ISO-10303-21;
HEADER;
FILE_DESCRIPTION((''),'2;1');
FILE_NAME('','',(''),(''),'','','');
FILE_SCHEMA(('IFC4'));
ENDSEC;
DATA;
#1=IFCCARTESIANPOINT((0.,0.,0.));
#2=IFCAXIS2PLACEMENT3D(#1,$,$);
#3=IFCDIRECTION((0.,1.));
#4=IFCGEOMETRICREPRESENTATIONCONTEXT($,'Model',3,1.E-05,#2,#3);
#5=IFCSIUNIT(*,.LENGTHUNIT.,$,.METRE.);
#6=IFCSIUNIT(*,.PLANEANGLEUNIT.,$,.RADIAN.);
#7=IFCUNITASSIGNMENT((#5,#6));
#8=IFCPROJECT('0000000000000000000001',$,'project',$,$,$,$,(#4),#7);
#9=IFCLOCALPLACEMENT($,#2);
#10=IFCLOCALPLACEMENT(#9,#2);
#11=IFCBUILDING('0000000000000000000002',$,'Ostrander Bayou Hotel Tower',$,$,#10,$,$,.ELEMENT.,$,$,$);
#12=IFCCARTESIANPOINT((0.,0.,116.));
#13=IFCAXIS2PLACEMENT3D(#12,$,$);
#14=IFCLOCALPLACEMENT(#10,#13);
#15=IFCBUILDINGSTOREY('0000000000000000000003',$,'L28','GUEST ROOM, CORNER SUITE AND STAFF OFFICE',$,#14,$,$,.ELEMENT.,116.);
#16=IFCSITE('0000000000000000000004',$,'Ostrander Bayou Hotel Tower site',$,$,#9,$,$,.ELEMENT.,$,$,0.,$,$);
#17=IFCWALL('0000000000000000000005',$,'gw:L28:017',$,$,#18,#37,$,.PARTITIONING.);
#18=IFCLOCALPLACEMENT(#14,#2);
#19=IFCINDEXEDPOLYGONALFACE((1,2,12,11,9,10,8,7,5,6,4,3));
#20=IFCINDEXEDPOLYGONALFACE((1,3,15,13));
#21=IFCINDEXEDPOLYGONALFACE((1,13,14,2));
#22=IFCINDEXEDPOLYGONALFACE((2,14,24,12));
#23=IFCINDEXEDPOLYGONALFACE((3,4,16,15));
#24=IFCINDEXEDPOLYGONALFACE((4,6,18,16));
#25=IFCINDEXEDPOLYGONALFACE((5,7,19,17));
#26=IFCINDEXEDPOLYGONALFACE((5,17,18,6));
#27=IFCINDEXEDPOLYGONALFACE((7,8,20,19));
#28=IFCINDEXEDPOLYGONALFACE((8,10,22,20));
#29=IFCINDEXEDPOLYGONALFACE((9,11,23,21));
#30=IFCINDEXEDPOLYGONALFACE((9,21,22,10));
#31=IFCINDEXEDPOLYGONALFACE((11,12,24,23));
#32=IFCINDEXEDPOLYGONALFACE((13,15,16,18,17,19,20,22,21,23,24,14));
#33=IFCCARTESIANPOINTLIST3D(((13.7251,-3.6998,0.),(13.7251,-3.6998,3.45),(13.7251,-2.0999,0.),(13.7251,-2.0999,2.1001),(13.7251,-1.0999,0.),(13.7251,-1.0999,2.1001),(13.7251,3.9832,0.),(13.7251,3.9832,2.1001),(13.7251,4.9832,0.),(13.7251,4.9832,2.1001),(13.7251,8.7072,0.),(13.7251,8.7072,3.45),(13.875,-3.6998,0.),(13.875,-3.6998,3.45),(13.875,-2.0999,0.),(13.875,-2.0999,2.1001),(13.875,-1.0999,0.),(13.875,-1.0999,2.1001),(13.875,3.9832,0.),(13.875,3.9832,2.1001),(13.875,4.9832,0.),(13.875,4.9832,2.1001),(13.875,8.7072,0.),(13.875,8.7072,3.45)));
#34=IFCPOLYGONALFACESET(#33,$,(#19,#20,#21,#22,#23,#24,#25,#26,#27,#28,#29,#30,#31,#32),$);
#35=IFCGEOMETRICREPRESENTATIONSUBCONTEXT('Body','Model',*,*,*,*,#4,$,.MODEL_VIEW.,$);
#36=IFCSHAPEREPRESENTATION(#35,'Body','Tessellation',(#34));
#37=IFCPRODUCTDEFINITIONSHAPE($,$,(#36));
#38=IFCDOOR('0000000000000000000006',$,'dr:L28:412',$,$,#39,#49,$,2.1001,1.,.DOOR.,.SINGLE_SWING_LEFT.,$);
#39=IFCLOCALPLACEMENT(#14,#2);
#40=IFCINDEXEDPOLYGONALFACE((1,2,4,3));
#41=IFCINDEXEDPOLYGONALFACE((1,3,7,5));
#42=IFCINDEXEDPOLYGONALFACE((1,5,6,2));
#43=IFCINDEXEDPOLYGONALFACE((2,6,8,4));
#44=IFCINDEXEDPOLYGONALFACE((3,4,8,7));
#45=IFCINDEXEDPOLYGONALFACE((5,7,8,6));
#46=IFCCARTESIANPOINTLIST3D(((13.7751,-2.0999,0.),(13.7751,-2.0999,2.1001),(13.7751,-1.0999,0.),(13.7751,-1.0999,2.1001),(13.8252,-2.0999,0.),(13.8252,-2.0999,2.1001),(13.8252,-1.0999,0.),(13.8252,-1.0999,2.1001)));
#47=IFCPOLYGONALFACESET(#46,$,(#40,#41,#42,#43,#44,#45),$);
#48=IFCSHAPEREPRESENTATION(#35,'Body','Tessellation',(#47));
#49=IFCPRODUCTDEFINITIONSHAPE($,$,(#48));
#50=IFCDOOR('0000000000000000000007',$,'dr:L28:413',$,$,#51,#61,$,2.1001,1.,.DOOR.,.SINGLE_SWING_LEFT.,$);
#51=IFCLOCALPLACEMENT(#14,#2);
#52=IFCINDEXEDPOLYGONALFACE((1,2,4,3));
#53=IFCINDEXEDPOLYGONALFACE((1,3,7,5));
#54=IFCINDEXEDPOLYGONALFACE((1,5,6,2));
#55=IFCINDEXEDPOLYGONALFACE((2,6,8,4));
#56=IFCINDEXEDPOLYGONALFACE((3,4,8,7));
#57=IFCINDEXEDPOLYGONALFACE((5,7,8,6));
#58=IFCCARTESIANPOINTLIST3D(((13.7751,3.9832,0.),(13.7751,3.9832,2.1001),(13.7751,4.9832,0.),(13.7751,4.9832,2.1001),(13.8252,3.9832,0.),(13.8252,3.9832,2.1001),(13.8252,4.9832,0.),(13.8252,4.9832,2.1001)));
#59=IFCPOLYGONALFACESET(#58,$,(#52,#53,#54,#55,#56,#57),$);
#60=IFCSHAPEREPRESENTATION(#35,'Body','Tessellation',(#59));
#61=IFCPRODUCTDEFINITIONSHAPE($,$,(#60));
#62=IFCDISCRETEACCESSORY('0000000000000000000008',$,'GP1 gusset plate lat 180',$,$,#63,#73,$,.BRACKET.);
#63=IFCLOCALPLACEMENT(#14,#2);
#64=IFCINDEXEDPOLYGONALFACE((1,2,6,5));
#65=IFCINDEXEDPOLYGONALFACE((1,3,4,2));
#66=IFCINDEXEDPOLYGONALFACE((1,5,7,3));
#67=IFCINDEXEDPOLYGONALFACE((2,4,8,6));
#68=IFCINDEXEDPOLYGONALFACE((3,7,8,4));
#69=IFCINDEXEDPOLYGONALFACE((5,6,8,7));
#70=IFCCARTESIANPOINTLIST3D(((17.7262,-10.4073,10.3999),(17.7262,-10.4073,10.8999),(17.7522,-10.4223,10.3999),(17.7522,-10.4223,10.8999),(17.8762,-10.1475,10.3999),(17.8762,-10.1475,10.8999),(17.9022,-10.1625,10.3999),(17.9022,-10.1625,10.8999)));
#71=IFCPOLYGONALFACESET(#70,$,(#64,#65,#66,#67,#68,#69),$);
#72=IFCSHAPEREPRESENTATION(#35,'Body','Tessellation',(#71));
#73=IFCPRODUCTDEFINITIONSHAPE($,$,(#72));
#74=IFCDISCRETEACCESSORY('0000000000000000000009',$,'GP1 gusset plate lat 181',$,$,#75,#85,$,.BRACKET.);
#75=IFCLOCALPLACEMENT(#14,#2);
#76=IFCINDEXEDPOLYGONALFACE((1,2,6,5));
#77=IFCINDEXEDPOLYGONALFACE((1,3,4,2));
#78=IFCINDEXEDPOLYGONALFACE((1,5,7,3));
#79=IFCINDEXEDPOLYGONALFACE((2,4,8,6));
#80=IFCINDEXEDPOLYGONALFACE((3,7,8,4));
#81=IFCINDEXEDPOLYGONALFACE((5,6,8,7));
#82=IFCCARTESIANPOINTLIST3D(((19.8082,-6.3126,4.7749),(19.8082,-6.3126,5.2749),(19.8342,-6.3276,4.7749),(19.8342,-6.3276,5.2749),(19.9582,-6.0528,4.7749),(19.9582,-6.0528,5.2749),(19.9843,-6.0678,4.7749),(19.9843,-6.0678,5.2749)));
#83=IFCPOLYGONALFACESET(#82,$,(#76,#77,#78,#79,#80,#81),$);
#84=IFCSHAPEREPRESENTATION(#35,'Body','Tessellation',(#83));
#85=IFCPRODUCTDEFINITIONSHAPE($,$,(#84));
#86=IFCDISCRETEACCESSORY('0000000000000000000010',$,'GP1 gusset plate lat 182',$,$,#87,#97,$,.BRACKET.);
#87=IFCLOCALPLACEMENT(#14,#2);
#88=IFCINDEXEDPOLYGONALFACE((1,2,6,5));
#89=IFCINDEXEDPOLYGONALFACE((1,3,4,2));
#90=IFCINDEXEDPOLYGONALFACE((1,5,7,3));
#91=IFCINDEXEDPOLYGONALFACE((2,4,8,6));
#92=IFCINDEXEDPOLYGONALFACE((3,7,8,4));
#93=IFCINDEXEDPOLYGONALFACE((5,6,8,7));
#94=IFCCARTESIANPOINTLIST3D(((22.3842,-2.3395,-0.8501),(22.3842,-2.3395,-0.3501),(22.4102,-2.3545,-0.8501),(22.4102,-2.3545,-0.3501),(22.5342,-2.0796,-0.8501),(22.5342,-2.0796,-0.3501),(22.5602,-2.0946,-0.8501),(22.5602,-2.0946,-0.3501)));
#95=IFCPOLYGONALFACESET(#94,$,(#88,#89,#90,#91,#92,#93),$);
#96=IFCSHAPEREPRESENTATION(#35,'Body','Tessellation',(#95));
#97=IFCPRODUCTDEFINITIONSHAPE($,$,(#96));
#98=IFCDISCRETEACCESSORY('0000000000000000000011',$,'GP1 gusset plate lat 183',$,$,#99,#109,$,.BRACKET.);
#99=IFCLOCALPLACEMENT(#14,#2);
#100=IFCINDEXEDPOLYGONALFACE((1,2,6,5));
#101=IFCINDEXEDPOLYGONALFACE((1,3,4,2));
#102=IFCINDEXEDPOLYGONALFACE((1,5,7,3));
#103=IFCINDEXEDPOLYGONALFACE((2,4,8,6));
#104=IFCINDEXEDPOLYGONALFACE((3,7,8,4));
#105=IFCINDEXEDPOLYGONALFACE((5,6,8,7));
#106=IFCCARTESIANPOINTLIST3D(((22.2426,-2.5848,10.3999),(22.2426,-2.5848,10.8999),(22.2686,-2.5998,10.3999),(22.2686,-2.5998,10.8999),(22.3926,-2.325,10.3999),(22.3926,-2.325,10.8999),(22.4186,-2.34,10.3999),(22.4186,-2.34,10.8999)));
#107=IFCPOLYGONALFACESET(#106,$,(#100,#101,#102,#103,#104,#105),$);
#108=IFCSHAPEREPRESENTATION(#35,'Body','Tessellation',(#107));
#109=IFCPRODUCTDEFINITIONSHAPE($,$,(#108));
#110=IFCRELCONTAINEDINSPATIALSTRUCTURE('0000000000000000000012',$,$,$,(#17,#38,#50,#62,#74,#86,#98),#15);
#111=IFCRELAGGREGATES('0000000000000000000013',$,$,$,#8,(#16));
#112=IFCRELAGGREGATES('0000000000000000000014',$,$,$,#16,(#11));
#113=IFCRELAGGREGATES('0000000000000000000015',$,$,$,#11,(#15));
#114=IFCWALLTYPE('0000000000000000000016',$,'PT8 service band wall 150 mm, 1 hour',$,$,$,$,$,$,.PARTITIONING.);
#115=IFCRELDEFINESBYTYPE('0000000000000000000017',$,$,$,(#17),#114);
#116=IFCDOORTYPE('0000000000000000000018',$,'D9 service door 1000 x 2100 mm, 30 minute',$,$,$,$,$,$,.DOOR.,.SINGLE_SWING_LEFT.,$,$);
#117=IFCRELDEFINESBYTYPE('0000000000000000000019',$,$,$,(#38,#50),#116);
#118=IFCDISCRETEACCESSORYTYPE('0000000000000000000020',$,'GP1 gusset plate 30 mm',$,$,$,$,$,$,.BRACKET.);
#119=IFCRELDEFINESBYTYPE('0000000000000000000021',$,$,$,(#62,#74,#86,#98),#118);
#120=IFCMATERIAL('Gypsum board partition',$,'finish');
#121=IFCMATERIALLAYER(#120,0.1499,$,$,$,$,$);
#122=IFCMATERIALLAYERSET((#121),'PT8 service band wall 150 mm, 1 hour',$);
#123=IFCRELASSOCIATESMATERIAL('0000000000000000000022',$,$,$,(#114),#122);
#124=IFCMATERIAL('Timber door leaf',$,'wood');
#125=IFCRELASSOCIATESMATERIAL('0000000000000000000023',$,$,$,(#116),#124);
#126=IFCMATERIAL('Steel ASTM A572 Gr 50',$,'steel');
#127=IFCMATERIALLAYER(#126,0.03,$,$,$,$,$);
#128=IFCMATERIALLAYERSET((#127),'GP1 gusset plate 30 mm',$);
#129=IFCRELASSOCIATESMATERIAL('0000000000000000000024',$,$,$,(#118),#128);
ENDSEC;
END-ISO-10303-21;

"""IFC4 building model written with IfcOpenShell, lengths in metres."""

from ifc_helpers import new_model, si_unit, direction, frame, frame_2d, origin, origin_2d, place, context, subcontext, project, spatial, rectangle, extrude, material, layer, layer_set, type_object, element, fill, save


model = new_model("IFC4")

# Units and contexts
model_context = context("Model", 3, precision=1e-05, world=origin(), true_north=direction((0.0, 1.0)))
body_context = subcontext(model_context, "Body", "Model", "MODEL_VIEW")
ifc_project = project(units=[si_unit("LENGTHUNIT", "METRE"), si_unit("PLANEANGLEUNIT", "RADIAN")], contexts=[model_context])

# Site, building, storey
site_placement = place(None, origin())
site = spatial("IfcSite", under=ifc_project, at=site_placement, Name="Ostrander Bayou Hotel Tower site", CompositionType="ELEMENT", RefElevation=0.0)
building_placement = place(site_placement, origin())
building = spatial("IfcBuilding", under=site, at=building_placement, Name="Ostrander Bayou Hotel Tower", CompositionType="ELEMENT")
storey_placement = place(building_placement, frame((0.0, 0.0, 116.0)))
storey = spatial("IfcBuildingStorey", under=building, at=storey_placement, Name="L28", Description="GUEST ROOM, CORNER SUITE AND STAFF OFFICE", CompositionType="ELEMENT", Elevation=116.0)

# Shared definitions
ifc_material_1 = material(Name="Gypsum board partition", Category="finish")
ifc_layer_1 = layer(ifc_material_1, 0.1499)
ifc_layer_set_1 = layer_set([ifc_layer_1], Name="PT8 service band wall 150 mm, 1 hour")
wall_type_1 = type_object("IfcWallType", Name="PT8 service band wall 150 mm, 1 hour", PredefinedType="PARTITIONING", material=ifc_layer_set_1)

# Wall, openings, doors
wall_1_placement = place(storey_placement, frame((13.8, -3.7, 0.0), z_axis=(0.0, 0.0, 1.0), x_axis=(0.0, 1.0, 0.0)))
wall_1 = element("IfcWall", 1, at=wall_1_placement, inside=storey, type_object=wall_type_1, Name="gw:L28:017", PredefinedType="PARTITIONING", context=body_context, shape_type="SweptSolid", body=[
    extrude(rectangle(XDim=12.407, YDim=0.1499, at=frame_2d((6.2036, 0.0))), origin(), (0.0, 0.0, 1.0), 3.45),
])
opening_1_placement = place(wall_1_placement, frame((1.6001, 0.0, 0.0)))
opening_1 = element("IfcOpeningElement", 2, at=opening_1_placement, cuts=wall_1, PredefinedType="OPENING", context=body_context, shape_type="SweptSolid", body=[
    extrude(rectangle(XDim=1.0, YDim=2.1001, at=frame_2d((0.5, 1.05))), frame((0.0, 0.075, 0.0), z_axis=(0.0, -1.0, 0.0), x_axis=(1.0, 0.0, 0.0)), (0.0, 0.0, 1.0), 0.1499),
])
opening_2_placement = place(wall_1_placement, frame((7.6831, 0.0, 0.0)))
opening_2 = element("IfcOpeningElement", 3, at=opening_2_placement, cuts=wall_1, PredefinedType="OPENING", context=body_context, shape_type="SweptSolid", body=[
    extrude(rectangle(XDim=1.0, YDim=2.1001, at=frame_2d((0.5, 1.05))), frame((0.0, 0.075, 0.0), z_axis=(0.0, -1.0, 0.0), x_axis=(1.0, 0.0, 0.0)), (0.0, 0.0, 1.0), 0.1499),
])
ifc_material_2 = material(Name="Timber door leaf", Category="wood")
door_type_1 = type_object("IfcDoorType", Name="D9 service door 1000 x 2100 mm, 30 minute", OperationType="SINGLE_SWING_LEFT", PredefinedType="DOOR", material=ifc_material_2)
door_1_placement = place(opening_1_placement, origin())
door_1 = element("IfcDoor", 4, at=door_1_placement, inside=storey, type_object=door_type_1, Name="dr:L28:412", OperationType="SINGLE_SWING_LEFT", OverallHeight=2.1001, OverallWidth=1.0, PredefinedType="DOOR", context=body_context, shape_type="SweptSolid", body=[
    extrude(rectangle(XDim=1.0, YDim=2.1001, at=frame_2d((0.5, 1.05))), frame((0.0, 0.0249, 0.0), z_axis=(0.0, -1.0, 0.0), x_axis=(1.0, 0.0, 0.0)), (0.0, 0.0, 1.0), 0.05),
])
fill(opening_1, door_1)
door_2_placement = place(opening_2_placement, origin())
door_2 = element("IfcDoor", 5, at=door_2_placement, inside=storey, type_object=door_type_1, Name="dr:L28:413", OperationType="SINGLE_SWING_LEFT", OverallHeight=2.1001, OverallWidth=1.0, PredefinedType="DOOR", context=body_context, shape_type="SweptSolid", body=[
    extrude(rectangle(XDim=1.0, YDim=2.1001, at=frame_2d((0.5, 1.05))), frame((0.0, 0.0249, 0.0), z_axis=(0.0, -1.0, 0.0), x_axis=(1.0, 0.0, 0.0)), (0.0, 0.0, 1.0), 0.05),
])
fill(opening_2, door_2)

# Discrete accessories
ifc_material_3 = material(Name="Steel ASTM A572 Gr 50", Category="steel")
ifc_layer_2 = layer(ifc_material_3, 0.03)
ifc_layer_set_2 = layer_set([ifc_layer_2], Name="GP1 gusset plate 30 mm")
discrete_accessory_type = type_object("IfcDiscreteAccessoryType", Name="GP1 gusset plate 30 mm", PredefinedType="BRACKET", material=ifc_layer_set_2)
for number, where, z_axis, x_axis, name in (
    (6, (17.8142, -10.2849, 10.3999), (0.0, 0.0, 1.0), (0.5, 0.866025, 0.0), "GP1 gusset plate lat 180"),
    (7, (19.8962, -6.1902, 4.7749), (0.0, 0.0, 1.0), (0.5, 0.866025, 0.0), "GP1 gusset plate lat 181"),
    (8, (22.4722, -2.217, -0.8501), (0.0, 0.0, 1.0), (0.5, 0.866025, 0.0), "GP1 gusset plate lat 182"),
    (9, (22.3306, -2.4624, 10.3999), (0.0, 0.0, 1.0), (0.5, 0.866025, 0.0), "GP1 gusset plate lat 183"),
):
    element("IfcDiscreteAccessory", number, at=place(storey_placement, frame(where, z_axis=z_axis, x_axis=x_axis)), inside=storey, type_object=discrete_accessory_type, Name=name, PredefinedType="BRACKET", context=body_context, shape_type="SweptSolid", body=[
        extrude(rectangle(XDim=0.3, YDim=0.03, at=origin_2d()), origin(), (0.0, 0.0, 1.0), 0.5),
    ])

save(model, "model.ifc")
